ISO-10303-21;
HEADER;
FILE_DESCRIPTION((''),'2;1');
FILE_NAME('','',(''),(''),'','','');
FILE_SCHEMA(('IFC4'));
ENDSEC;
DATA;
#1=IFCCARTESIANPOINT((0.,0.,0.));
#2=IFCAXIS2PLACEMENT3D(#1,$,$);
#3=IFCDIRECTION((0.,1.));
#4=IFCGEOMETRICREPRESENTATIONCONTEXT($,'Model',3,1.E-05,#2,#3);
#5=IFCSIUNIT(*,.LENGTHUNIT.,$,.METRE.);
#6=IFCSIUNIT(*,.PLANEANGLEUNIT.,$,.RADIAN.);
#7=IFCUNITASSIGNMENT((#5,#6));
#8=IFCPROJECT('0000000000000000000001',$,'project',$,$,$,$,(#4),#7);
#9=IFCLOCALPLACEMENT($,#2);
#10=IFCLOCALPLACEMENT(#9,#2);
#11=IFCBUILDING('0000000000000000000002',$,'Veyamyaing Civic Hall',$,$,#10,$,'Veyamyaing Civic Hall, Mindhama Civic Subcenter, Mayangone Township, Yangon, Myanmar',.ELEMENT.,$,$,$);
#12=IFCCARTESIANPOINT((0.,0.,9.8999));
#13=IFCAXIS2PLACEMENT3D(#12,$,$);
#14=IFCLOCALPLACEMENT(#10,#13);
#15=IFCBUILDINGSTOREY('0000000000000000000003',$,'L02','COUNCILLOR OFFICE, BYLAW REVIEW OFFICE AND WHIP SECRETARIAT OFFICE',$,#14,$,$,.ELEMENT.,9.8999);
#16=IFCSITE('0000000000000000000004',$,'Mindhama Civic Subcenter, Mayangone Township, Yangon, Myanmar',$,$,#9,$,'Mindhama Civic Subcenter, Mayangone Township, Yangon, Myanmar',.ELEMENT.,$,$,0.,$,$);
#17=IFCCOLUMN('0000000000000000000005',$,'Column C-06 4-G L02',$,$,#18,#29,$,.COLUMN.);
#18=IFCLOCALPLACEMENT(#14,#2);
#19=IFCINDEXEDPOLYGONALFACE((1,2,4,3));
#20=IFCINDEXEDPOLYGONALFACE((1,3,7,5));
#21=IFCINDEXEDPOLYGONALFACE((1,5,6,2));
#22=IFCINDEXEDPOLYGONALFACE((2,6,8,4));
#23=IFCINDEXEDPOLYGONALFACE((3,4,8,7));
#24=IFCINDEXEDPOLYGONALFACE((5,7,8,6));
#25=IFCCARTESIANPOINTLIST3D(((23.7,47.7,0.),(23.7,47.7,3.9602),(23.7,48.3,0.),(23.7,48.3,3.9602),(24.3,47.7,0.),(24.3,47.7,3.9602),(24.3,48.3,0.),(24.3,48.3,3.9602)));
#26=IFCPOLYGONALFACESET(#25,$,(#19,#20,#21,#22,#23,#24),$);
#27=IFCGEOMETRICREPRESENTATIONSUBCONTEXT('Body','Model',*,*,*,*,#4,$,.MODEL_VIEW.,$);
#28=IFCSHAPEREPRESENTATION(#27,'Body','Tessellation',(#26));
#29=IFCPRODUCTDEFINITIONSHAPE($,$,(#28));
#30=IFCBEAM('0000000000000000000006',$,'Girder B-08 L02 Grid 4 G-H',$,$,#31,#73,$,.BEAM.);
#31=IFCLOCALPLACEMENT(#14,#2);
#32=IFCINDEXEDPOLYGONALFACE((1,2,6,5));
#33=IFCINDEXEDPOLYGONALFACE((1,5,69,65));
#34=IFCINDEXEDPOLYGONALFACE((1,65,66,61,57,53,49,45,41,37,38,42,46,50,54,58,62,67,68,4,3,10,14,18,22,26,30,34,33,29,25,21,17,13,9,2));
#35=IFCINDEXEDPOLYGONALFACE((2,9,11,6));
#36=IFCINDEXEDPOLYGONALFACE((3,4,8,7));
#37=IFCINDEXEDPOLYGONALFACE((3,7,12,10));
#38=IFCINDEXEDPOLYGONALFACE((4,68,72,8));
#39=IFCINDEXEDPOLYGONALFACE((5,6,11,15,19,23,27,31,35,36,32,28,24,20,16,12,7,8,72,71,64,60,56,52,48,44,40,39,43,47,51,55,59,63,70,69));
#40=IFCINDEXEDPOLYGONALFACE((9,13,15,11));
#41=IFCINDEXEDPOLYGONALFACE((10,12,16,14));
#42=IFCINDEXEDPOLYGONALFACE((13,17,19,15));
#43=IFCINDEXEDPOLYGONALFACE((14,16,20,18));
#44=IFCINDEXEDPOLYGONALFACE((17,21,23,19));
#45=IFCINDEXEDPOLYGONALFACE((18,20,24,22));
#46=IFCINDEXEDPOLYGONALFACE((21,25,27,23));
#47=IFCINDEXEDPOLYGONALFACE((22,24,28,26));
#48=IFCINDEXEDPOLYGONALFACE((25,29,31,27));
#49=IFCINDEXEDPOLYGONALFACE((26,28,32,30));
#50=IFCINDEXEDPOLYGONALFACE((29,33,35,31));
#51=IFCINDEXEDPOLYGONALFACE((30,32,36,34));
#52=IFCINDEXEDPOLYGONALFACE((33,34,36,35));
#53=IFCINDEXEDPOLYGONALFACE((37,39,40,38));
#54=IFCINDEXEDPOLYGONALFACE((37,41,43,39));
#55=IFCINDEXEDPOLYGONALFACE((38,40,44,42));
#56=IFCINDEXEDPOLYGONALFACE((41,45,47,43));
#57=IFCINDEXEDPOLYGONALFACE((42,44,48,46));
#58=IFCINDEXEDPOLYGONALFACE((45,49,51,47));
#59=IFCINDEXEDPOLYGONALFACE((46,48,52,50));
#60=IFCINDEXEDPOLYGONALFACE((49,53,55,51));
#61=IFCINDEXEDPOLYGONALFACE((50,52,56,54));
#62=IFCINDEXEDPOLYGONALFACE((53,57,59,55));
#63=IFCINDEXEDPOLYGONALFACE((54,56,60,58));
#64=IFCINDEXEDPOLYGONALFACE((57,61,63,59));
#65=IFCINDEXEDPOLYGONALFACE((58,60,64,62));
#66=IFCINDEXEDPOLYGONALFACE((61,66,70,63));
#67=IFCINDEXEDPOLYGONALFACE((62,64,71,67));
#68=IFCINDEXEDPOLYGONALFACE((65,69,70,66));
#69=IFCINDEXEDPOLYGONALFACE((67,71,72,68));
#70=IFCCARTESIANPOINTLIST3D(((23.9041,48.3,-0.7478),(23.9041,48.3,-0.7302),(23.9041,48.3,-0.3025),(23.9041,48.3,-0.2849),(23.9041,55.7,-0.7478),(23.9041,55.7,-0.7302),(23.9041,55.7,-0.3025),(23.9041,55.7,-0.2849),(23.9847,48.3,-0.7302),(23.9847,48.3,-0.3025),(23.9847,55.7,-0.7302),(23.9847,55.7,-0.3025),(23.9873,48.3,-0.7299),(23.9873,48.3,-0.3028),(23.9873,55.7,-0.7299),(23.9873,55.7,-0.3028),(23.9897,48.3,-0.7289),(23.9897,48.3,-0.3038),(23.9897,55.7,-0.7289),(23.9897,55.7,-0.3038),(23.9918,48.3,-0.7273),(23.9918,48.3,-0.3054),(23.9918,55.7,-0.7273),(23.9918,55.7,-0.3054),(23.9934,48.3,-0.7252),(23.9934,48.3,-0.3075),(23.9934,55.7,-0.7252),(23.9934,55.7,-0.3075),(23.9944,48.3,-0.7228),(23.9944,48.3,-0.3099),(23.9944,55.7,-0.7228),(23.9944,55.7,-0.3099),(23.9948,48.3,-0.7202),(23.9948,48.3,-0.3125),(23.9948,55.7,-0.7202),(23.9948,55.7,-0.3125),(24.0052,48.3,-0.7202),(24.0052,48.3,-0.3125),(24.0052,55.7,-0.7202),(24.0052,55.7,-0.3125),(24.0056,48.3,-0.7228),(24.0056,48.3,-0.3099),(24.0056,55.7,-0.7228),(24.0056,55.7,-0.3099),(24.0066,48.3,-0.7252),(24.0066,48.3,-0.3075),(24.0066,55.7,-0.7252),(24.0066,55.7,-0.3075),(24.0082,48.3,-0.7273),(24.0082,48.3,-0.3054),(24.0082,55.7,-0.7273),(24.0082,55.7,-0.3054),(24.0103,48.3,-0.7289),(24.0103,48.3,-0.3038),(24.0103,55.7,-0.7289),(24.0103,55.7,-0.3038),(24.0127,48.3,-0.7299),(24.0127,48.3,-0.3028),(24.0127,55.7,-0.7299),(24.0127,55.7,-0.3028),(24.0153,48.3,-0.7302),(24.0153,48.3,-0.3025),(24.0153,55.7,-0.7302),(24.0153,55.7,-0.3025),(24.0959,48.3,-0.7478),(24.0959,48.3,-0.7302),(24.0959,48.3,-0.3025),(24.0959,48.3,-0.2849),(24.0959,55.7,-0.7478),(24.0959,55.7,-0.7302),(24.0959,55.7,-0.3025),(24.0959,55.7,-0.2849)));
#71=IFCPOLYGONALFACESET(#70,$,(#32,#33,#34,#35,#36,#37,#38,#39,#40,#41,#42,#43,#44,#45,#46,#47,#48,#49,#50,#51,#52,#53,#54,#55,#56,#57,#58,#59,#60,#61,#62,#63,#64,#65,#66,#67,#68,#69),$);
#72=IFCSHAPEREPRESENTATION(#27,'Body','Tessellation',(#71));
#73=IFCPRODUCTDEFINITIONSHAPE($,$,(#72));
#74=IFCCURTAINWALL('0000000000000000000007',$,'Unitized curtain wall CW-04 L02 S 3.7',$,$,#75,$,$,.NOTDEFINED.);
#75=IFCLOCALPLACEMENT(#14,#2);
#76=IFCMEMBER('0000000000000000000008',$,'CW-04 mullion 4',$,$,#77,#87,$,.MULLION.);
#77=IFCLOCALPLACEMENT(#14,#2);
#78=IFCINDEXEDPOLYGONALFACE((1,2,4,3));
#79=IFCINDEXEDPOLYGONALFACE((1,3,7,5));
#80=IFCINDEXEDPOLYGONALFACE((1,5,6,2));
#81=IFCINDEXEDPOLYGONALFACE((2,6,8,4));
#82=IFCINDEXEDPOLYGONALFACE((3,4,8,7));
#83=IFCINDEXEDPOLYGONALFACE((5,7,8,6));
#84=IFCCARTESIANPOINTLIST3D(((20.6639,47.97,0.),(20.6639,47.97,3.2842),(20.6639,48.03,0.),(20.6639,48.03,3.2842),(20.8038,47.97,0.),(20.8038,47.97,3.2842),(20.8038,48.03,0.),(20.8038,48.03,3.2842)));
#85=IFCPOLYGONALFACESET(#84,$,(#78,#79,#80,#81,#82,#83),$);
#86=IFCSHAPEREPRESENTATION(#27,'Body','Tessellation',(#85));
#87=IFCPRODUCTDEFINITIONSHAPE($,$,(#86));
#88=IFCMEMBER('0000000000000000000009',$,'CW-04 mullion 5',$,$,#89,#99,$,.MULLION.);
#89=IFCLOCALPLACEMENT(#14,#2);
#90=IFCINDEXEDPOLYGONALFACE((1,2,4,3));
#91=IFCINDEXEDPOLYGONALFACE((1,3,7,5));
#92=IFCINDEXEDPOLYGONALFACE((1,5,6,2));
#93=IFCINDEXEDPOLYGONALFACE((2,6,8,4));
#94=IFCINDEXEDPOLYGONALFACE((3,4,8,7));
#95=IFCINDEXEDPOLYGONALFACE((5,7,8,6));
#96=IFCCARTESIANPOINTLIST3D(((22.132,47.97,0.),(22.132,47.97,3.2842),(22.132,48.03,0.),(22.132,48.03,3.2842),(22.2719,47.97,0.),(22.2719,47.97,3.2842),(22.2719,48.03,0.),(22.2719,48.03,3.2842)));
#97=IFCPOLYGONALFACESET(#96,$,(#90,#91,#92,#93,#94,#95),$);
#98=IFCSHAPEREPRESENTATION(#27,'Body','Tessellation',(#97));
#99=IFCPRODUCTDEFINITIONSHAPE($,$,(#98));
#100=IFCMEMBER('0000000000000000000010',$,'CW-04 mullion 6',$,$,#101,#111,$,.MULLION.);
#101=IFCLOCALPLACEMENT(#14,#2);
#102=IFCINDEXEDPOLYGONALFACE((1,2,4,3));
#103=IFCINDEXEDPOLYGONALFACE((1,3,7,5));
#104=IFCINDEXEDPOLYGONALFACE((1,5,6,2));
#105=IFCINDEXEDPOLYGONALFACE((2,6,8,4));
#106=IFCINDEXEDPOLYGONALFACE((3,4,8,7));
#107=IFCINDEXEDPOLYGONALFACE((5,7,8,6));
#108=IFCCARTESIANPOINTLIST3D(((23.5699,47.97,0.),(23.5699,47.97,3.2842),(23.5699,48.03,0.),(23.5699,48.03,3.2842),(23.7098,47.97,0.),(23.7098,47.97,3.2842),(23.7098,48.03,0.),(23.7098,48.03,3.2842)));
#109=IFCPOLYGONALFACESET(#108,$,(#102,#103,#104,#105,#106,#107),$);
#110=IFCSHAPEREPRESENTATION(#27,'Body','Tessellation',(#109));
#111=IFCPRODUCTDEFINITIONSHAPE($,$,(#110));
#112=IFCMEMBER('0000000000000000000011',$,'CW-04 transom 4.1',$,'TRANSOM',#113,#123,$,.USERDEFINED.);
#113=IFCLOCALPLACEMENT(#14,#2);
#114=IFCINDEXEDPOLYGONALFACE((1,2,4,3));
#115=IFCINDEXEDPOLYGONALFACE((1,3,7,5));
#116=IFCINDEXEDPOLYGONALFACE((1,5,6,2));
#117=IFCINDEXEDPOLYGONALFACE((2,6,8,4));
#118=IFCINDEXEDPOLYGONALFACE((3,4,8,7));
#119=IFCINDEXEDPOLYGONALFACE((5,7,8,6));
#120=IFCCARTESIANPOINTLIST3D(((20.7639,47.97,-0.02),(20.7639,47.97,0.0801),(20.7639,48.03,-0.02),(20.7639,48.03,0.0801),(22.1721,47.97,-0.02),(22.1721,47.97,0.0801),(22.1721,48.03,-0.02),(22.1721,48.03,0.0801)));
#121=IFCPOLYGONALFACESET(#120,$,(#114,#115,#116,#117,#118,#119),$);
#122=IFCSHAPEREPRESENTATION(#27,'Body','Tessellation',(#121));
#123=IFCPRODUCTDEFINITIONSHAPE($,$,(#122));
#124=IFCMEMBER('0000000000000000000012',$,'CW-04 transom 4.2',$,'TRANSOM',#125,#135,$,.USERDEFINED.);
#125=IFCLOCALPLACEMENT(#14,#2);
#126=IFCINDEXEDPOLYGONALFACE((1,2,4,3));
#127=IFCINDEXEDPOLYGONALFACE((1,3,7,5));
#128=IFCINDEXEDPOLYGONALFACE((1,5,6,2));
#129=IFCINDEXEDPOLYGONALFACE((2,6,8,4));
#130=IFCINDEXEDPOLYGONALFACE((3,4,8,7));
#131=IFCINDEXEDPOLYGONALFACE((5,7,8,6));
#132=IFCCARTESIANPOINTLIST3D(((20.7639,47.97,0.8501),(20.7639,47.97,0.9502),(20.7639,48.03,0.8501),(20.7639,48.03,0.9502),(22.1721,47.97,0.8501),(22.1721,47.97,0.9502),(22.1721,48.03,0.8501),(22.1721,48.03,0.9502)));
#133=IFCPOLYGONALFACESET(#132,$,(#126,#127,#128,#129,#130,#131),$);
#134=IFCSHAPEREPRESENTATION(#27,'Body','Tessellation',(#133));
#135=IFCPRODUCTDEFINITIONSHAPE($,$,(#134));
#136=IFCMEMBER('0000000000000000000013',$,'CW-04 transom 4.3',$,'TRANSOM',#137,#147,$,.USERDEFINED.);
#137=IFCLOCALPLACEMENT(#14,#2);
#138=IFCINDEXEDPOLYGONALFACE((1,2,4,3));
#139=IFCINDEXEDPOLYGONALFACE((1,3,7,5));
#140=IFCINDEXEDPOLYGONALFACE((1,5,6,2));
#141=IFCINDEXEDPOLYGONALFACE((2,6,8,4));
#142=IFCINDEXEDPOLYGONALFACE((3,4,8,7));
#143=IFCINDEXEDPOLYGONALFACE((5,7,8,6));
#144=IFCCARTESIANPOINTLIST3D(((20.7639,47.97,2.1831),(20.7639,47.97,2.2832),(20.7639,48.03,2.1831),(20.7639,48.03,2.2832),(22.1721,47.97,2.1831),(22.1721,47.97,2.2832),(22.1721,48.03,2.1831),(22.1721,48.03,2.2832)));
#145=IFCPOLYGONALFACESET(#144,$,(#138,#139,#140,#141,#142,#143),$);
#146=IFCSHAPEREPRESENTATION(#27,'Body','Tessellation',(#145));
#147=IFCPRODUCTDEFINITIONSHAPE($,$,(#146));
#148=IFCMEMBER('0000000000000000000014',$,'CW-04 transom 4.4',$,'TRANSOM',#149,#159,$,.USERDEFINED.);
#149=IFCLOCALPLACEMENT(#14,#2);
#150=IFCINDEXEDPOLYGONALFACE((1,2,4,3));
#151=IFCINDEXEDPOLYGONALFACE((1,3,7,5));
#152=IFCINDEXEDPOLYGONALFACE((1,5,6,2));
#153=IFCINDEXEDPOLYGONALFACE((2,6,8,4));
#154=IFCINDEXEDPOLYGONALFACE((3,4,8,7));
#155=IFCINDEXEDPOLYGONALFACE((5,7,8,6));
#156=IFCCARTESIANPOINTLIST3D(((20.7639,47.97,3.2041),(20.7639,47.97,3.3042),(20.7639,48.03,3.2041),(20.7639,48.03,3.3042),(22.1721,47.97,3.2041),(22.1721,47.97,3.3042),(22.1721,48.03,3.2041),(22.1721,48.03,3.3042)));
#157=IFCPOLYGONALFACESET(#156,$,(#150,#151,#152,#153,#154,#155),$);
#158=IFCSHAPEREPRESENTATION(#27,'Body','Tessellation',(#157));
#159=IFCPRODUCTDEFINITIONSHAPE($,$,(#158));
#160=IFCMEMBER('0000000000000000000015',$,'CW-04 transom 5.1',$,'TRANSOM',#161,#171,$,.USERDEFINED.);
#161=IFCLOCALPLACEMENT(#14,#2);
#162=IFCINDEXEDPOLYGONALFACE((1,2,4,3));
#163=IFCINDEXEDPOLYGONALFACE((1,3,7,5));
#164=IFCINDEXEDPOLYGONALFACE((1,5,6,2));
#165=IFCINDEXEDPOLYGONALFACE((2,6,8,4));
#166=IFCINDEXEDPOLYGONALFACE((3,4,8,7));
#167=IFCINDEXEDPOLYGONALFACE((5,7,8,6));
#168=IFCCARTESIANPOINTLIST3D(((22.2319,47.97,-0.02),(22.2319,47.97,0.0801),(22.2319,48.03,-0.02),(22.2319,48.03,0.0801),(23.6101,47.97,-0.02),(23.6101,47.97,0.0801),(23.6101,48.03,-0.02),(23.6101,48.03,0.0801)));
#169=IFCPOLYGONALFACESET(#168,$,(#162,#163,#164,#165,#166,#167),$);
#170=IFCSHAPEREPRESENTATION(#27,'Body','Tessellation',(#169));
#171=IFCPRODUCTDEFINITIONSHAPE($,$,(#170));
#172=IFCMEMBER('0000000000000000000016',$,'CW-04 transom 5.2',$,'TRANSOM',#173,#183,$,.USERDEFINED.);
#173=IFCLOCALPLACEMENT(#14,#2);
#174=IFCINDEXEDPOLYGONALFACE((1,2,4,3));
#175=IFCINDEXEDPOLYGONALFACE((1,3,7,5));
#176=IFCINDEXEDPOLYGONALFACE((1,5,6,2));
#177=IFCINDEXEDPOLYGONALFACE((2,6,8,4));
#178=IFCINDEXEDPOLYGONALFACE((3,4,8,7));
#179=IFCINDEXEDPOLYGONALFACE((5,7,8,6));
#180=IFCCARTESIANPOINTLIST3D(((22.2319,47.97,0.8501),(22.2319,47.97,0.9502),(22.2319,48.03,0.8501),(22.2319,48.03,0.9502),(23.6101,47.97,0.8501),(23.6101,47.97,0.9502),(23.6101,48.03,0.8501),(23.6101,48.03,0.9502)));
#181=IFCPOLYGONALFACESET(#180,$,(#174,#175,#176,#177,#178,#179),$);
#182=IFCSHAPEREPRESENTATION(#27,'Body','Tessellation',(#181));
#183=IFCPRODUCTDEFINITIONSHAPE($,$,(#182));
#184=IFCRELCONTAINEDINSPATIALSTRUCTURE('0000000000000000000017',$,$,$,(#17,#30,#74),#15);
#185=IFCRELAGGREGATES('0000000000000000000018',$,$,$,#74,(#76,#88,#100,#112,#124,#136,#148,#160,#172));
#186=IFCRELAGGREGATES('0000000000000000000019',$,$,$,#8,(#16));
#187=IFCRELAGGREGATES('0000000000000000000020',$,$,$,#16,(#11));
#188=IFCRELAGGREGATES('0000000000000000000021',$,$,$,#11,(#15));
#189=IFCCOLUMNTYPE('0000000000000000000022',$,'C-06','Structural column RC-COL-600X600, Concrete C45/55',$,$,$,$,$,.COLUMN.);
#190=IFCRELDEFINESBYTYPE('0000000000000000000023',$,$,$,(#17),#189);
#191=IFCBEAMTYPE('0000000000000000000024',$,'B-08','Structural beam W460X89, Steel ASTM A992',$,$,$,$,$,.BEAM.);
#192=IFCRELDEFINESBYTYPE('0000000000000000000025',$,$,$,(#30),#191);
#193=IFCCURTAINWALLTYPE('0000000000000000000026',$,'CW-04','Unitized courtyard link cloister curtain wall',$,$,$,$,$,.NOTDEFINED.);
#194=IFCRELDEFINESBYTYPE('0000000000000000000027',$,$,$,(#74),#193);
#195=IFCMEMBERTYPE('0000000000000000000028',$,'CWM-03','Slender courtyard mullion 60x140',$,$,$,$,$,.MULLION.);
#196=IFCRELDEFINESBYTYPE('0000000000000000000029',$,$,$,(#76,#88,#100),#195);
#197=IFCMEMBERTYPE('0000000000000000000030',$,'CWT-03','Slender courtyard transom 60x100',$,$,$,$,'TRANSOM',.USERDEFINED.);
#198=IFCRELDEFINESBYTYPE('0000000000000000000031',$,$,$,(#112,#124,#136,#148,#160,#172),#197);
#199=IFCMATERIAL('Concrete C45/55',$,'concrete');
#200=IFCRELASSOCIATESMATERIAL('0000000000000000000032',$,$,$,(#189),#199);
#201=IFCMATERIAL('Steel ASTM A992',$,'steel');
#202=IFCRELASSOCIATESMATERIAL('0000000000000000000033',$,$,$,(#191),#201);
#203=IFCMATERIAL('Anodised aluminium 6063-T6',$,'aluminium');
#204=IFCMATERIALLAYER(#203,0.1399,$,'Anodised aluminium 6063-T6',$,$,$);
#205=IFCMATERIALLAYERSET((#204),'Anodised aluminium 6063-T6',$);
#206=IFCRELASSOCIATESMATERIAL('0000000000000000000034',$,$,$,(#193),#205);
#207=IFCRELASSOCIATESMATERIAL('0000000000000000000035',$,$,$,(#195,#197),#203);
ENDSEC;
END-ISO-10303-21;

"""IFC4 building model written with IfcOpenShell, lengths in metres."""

from ifc_helpers import new_model, si_unit, direction, frame, origin, origin_2d, place, context, subcontext, project, spatial, rectangle, i_section, extrude, material, layer, layer_set, material_profile, profile_set, type_object, element, aggregate, save


model = new_model("IFC4")

# Units and contexts
model_context = context("Model", 3, precision=1e-05, world=origin(), true_north=direction((0.0, 1.0)))
body_context = subcontext(model_context, "Body", "Model", "MODEL_VIEW")
ifc_project = project(units=[si_unit("LENGTHUNIT", "METRE"), si_unit("PLANEANGLEUNIT", "RADIAN")], contexts=[model_context])

# Site, building, storey
site_placement = place(None, origin())
site = spatial("IfcSite", under=ifc_project, at=site_placement, Name="Mindhama Civic Subcenter, Mayangone Township, Yangon, Myanmar", LongName="Mindhama Civic Subcenter, Mayangone Township, Yangon, Myanmar", CompositionType="ELEMENT", RefElevation=0.0)
building_placement = place(site_placement, origin())
building = spatial("IfcBuilding", under=site, at=building_placement, Name="Veyamyaing Civic Hall", LongName="Veyamyaing Civic Hall, Mindhama Civic Subcenter, Mayangone Township, Yangon, Myanmar", CompositionType="ELEMENT")
storey_placement = place(building_placement, frame((0.0, 0.0, 9.8999)))
storey = spatial("IfcBuildingStorey", under=building, at=storey_placement, Name="L02", Description="COUNCILLOR OFFICE, BYLAW REVIEW OFFICE AND WHIP SECRETARIAT OFFICE", CompositionType="ELEMENT", Elevation=9.8999)

# Column
ifc_material_1 = material(Name="Concrete C45/55", Category="concrete")
ifc_material_profile_1 = material_profile(ifc_material_1, rectangle(XDim=0.6001, YDim=0.6001, at=origin_2d()), Name="RC-COL-600X600")
ifc_profile_set_1 = profile_set([ifc_material_profile_1], Name="Concrete C45/55")
column_type = type_object("IfcColumnType", Name="C-06", Description="Structural column RC-COL-600X600, Concrete C45/55", PredefinedType="COLUMN", material=ifc_profile_set_1)
column_placement = place(storey_placement, frame((24.0, 48.0, 0.0), z_axis=(0.0, 0.0, 1.0), x_axis=(1.0, 0.0, 0.0)))
element("IfcColumn", 1, at=column_placement, inside=storey, type_object=column_type, Name="Column C-06 4-G L02", PredefinedType="COLUMN", context=body_context, shape_type="SweptSolid", body=[
    extrude(rectangle(XDim=0.6001, YDim=0.6001, at=origin_2d()), origin(), (0.0, 0.0, 1.0), 3.9602),
])

# Beam
ifc_material_2 = material(Name="Steel ASTM A992", Category="steel")
ifc_material_profile_2 = material_profile(ifc_material_2, i_section(OverallWidth=0.1919, OverallDepth=0.4629, WebThickness=0.0105, FlangeThickness=0.0176, FilletRadius=0.01, at=origin_2d()), Name="W460X89")
ifc_profile_set_2 = profile_set([ifc_material_profile_2], Name="Steel ASTM A992")
beam_type_1 = type_object("IfcBeamType", Name="B-08", Description="Structural beam W460X89, Steel ASTM A992", PredefinedType="BEAM", material=ifc_profile_set_2)
beam_1_placement = place(storey_placement, frame((24.0, 48.3, -0.5164), z_axis=(0.0, 1.0, 0.0), x_axis=(-1.0, 0.0, 0.0)))
element("IfcBeam", 2, at=beam_1_placement, inside=storey, type_object=beam_type_1, Name="Girder B-08 L02 Grid 4 G-H", PredefinedType="BEAM", context=body_context, shape_type="SweptSolid", body=[
    extrude(i_section(OverallWidth=0.1919, OverallDepth=0.4629, WebThickness=0.0105, FlangeThickness=0.0176, FilletRadius=0.01, at=origin_2d()), origin(), (0.0, 0.0, 1.0), 7.3999),
])

# Curtain wall, members
ifc_material_3 = material(Name="Anodised aluminium 6063-T6", Category="aluminium")
ifc_layer_1 = layer(ifc_material_3, 0.1399, Name="Anodised aluminium 6063-T6")
ifc_layer_set_1 = layer_set([ifc_layer_1], Name="Anodised aluminium 6063-T6")
curtain_wall_type = type_object("IfcCurtainWallType", Name="CW-04", Description="Unitized courtyard link cloister curtain wall", PredefinedType="NOTDEFINED", material=ifc_layer_set_1)
curtain_wall_placement = place(storey_placement, origin())
curtain_wall = element("IfcCurtainWall", 3, at=curtain_wall_placement, inside=storey, type_object=curtain_wall_type, Name="Unitized curtain wall CW-04 L02 S 3.7", PredefinedType="NOTDEFINED")
ifc_material_profile_3 = material_profile(ifc_material_3, rectangle(XDim=0.0601, YDim=0.1399, at=origin_2d()), Name="ALU-MUL-60X140")
ifc_profile_set_3 = profile_set([ifc_material_profile_3], Name="Anodised aluminium 6063-T6")
member_type_1 = type_object("IfcMemberType", Name="CWM-03", Description="Slender courtyard mullion 60x140", PredefinedType="MULLION", material=ifc_profile_set_3)
member_1_placement = place(storey_placement, frame((20.7339, 48.0, 0.0), z_axis=(0.0, 0.0, 1.0), x_axis=(0.0, 1.0, 0.0)))
member_1 = element("IfcMember", 4, at=member_1_placement, type_object=member_type_1, Name="CW-04 mullion 4", PredefinedType="MULLION", context=body_context, shape_type="SweptSolid", body=[
    extrude(rectangle(XDim=0.0601, YDim=0.1399, at=origin_2d()), origin(), (0.0, 0.0, 1.0), 3.2842),
])
member_2_placement = place(storey_placement, frame((22.2019, 48.0, 0.0), z_axis=(0.0, 0.0, 1.0), x_axis=(0.0, 1.0, 0.0)))
member_2 = element("IfcMember", 5, at=member_2_placement, type_object=member_type_1, Name="CW-04 mullion 5", PredefinedType="MULLION", context=body_context, shape_type="SweptSolid", body=[
    extrude(rectangle(XDim=0.0601, YDim=0.1399, at=origin_2d()), origin(), (0.0, 0.0, 1.0), 3.2842),
])
member_3_placement = place(storey_placement, frame((23.6399, 48.0, 0.0), z_axis=(0.0, 0.0, 1.0), x_axis=(0.0, 1.0, 0.0)))
member_3 = element("IfcMember", 6, at=member_3_placement, type_object=member_type_1, Name="CW-04 mullion 6", PredefinedType="MULLION", context=body_context, shape_type="SweptSolid", body=[
    extrude(rectangle(XDim=0.0601, YDim=0.1399, at=origin_2d()), origin(), (0.0, 0.0, 1.0), 3.2842),
])
ifc_material_profile_4 = material_profile(ifc_material_3, rectangle(XDim=0.0601, YDim=0.1001, at=origin_2d()), Name="ALU-TRN-60X100")
ifc_profile_set_4 = profile_set([ifc_material_profile_4], Name="Anodised aluminium 6063-T6")
member_type_2 = type_object("IfcMemberType", Name="CWT-03", Description="Slender courtyard transom 60x100", ElementType="TRANSOM", PredefinedType="USERDEFINED", material=ifc_profile_set_4)
member_4_placement = place(storey_placement, frame((20.7639, 48.0, 0.03), z_axis=(1.0, 0.0, 0.0), x_axis=(0.0, 1.0, 0.0)))
member_4 = element("IfcMember", 7, at=member_4_placement, type_object=member_type_2, Name="CW-04 transom 4.1", ObjectType="TRANSOM", PredefinedType="USERDEFINED", context=body_context, shape_type="SweptSolid", body=[
    extrude(rectangle(XDim=0.0601, YDim=0.1001, at=origin_2d()), origin(), (0.0, 0.0, 1.0), 1.4082),
])
member_5_placement = place(storey_placement, frame((20.7639, 48.0, 0.9001), z_axis=(1.0, 0.0, 0.0), x_axis=(0.0, 1.0, 0.0)))
member_5 = element("IfcMember", 8, at=member_5_placement, type_object=member_type_2, Name="CW-04 transom 4.2", ObjectType="TRANSOM", PredefinedType="USERDEFINED", context=body_context, shape_type="SweptSolid", body=[
    extrude(rectangle(XDim=0.0601, YDim=0.1001, at=origin_2d()), origin(), (0.0, 0.0, 1.0), 1.4082),
])
member_6_placement = place(storey_placement, frame((20.7639, 48.0, 2.2332), z_axis=(1.0, 0.0, 0.0), x_axis=(0.0, 1.0, 0.0)))
member_6 = element("IfcMember", 9, at=member_6_placement, type_object=member_type_2, Name="CW-04 transom 4.3", ObjectType="TRANSOM", PredefinedType="USERDEFINED", context=body_context, shape_type="SweptSolid", body=[
    extrude(rectangle(XDim=0.0601, YDim=0.1001, at=origin_2d()), origin(), (0.0, 0.0, 1.0), 1.4082),
])
member_7_placement = place(storey_placement, frame((20.7639, 48.0, 3.2542), z_axis=(1.0, 0.0, 0.0), x_axis=(0.0, 1.0, 0.0)))
member_7 = element("IfcMember", 10, at=member_7_placement, type_object=member_type_2, Name="CW-04 transom 4.4", ObjectType="TRANSOM", PredefinedType="USERDEFINED", context=body_context, shape_type="SweptSolid", body=[
    extrude(rectangle(XDim=0.0601, YDim=0.1001, at=origin_2d()), origin(), (0.0, 0.0, 1.0), 1.4082),
])
member_8_placement = place(storey_placement, frame((22.2319, 48.0, 0.03), z_axis=(1.0, 0.0, 0.0), x_axis=(0.0, 1.0, 0.0)))
member_8 = element("IfcMember", 11, at=member_8_placement, type_object=member_type_2, Name="CW-04 transom 5.1", ObjectType="TRANSOM", PredefinedType="USERDEFINED", context=body_context, shape_type="SweptSolid", body=[
    extrude(rectangle(XDim=0.0601, YDim=0.1001, at=origin_2d()), origin(), (0.0, 0.0, 1.0), 1.3782),
])
member_9_placement = place(storey_placement, frame((22.2319, 48.0, 0.9001), z_axis=(1.0, 0.0, 0.0), x_axis=(0.0, 1.0, 0.0)))
member_9 = element("IfcMember", 12, at=member_9_placement, type_object=member_type_2, Name="CW-04 transom 5.2", ObjectType="TRANSOM", PredefinedType="USERDEFINED", context=body_context, shape_type="SweptSolid", body=[
    extrude(rectangle(XDim=0.0601, YDim=0.1001, at=origin_2d()), origin(), (0.0, 0.0, 1.0), 1.3782),
])

aggregate(curtain_wall, [member_1, member_2, member_3, member_4, member_5, member_6, member_7, member_8, member_9])

save(model, "model.ifc")
